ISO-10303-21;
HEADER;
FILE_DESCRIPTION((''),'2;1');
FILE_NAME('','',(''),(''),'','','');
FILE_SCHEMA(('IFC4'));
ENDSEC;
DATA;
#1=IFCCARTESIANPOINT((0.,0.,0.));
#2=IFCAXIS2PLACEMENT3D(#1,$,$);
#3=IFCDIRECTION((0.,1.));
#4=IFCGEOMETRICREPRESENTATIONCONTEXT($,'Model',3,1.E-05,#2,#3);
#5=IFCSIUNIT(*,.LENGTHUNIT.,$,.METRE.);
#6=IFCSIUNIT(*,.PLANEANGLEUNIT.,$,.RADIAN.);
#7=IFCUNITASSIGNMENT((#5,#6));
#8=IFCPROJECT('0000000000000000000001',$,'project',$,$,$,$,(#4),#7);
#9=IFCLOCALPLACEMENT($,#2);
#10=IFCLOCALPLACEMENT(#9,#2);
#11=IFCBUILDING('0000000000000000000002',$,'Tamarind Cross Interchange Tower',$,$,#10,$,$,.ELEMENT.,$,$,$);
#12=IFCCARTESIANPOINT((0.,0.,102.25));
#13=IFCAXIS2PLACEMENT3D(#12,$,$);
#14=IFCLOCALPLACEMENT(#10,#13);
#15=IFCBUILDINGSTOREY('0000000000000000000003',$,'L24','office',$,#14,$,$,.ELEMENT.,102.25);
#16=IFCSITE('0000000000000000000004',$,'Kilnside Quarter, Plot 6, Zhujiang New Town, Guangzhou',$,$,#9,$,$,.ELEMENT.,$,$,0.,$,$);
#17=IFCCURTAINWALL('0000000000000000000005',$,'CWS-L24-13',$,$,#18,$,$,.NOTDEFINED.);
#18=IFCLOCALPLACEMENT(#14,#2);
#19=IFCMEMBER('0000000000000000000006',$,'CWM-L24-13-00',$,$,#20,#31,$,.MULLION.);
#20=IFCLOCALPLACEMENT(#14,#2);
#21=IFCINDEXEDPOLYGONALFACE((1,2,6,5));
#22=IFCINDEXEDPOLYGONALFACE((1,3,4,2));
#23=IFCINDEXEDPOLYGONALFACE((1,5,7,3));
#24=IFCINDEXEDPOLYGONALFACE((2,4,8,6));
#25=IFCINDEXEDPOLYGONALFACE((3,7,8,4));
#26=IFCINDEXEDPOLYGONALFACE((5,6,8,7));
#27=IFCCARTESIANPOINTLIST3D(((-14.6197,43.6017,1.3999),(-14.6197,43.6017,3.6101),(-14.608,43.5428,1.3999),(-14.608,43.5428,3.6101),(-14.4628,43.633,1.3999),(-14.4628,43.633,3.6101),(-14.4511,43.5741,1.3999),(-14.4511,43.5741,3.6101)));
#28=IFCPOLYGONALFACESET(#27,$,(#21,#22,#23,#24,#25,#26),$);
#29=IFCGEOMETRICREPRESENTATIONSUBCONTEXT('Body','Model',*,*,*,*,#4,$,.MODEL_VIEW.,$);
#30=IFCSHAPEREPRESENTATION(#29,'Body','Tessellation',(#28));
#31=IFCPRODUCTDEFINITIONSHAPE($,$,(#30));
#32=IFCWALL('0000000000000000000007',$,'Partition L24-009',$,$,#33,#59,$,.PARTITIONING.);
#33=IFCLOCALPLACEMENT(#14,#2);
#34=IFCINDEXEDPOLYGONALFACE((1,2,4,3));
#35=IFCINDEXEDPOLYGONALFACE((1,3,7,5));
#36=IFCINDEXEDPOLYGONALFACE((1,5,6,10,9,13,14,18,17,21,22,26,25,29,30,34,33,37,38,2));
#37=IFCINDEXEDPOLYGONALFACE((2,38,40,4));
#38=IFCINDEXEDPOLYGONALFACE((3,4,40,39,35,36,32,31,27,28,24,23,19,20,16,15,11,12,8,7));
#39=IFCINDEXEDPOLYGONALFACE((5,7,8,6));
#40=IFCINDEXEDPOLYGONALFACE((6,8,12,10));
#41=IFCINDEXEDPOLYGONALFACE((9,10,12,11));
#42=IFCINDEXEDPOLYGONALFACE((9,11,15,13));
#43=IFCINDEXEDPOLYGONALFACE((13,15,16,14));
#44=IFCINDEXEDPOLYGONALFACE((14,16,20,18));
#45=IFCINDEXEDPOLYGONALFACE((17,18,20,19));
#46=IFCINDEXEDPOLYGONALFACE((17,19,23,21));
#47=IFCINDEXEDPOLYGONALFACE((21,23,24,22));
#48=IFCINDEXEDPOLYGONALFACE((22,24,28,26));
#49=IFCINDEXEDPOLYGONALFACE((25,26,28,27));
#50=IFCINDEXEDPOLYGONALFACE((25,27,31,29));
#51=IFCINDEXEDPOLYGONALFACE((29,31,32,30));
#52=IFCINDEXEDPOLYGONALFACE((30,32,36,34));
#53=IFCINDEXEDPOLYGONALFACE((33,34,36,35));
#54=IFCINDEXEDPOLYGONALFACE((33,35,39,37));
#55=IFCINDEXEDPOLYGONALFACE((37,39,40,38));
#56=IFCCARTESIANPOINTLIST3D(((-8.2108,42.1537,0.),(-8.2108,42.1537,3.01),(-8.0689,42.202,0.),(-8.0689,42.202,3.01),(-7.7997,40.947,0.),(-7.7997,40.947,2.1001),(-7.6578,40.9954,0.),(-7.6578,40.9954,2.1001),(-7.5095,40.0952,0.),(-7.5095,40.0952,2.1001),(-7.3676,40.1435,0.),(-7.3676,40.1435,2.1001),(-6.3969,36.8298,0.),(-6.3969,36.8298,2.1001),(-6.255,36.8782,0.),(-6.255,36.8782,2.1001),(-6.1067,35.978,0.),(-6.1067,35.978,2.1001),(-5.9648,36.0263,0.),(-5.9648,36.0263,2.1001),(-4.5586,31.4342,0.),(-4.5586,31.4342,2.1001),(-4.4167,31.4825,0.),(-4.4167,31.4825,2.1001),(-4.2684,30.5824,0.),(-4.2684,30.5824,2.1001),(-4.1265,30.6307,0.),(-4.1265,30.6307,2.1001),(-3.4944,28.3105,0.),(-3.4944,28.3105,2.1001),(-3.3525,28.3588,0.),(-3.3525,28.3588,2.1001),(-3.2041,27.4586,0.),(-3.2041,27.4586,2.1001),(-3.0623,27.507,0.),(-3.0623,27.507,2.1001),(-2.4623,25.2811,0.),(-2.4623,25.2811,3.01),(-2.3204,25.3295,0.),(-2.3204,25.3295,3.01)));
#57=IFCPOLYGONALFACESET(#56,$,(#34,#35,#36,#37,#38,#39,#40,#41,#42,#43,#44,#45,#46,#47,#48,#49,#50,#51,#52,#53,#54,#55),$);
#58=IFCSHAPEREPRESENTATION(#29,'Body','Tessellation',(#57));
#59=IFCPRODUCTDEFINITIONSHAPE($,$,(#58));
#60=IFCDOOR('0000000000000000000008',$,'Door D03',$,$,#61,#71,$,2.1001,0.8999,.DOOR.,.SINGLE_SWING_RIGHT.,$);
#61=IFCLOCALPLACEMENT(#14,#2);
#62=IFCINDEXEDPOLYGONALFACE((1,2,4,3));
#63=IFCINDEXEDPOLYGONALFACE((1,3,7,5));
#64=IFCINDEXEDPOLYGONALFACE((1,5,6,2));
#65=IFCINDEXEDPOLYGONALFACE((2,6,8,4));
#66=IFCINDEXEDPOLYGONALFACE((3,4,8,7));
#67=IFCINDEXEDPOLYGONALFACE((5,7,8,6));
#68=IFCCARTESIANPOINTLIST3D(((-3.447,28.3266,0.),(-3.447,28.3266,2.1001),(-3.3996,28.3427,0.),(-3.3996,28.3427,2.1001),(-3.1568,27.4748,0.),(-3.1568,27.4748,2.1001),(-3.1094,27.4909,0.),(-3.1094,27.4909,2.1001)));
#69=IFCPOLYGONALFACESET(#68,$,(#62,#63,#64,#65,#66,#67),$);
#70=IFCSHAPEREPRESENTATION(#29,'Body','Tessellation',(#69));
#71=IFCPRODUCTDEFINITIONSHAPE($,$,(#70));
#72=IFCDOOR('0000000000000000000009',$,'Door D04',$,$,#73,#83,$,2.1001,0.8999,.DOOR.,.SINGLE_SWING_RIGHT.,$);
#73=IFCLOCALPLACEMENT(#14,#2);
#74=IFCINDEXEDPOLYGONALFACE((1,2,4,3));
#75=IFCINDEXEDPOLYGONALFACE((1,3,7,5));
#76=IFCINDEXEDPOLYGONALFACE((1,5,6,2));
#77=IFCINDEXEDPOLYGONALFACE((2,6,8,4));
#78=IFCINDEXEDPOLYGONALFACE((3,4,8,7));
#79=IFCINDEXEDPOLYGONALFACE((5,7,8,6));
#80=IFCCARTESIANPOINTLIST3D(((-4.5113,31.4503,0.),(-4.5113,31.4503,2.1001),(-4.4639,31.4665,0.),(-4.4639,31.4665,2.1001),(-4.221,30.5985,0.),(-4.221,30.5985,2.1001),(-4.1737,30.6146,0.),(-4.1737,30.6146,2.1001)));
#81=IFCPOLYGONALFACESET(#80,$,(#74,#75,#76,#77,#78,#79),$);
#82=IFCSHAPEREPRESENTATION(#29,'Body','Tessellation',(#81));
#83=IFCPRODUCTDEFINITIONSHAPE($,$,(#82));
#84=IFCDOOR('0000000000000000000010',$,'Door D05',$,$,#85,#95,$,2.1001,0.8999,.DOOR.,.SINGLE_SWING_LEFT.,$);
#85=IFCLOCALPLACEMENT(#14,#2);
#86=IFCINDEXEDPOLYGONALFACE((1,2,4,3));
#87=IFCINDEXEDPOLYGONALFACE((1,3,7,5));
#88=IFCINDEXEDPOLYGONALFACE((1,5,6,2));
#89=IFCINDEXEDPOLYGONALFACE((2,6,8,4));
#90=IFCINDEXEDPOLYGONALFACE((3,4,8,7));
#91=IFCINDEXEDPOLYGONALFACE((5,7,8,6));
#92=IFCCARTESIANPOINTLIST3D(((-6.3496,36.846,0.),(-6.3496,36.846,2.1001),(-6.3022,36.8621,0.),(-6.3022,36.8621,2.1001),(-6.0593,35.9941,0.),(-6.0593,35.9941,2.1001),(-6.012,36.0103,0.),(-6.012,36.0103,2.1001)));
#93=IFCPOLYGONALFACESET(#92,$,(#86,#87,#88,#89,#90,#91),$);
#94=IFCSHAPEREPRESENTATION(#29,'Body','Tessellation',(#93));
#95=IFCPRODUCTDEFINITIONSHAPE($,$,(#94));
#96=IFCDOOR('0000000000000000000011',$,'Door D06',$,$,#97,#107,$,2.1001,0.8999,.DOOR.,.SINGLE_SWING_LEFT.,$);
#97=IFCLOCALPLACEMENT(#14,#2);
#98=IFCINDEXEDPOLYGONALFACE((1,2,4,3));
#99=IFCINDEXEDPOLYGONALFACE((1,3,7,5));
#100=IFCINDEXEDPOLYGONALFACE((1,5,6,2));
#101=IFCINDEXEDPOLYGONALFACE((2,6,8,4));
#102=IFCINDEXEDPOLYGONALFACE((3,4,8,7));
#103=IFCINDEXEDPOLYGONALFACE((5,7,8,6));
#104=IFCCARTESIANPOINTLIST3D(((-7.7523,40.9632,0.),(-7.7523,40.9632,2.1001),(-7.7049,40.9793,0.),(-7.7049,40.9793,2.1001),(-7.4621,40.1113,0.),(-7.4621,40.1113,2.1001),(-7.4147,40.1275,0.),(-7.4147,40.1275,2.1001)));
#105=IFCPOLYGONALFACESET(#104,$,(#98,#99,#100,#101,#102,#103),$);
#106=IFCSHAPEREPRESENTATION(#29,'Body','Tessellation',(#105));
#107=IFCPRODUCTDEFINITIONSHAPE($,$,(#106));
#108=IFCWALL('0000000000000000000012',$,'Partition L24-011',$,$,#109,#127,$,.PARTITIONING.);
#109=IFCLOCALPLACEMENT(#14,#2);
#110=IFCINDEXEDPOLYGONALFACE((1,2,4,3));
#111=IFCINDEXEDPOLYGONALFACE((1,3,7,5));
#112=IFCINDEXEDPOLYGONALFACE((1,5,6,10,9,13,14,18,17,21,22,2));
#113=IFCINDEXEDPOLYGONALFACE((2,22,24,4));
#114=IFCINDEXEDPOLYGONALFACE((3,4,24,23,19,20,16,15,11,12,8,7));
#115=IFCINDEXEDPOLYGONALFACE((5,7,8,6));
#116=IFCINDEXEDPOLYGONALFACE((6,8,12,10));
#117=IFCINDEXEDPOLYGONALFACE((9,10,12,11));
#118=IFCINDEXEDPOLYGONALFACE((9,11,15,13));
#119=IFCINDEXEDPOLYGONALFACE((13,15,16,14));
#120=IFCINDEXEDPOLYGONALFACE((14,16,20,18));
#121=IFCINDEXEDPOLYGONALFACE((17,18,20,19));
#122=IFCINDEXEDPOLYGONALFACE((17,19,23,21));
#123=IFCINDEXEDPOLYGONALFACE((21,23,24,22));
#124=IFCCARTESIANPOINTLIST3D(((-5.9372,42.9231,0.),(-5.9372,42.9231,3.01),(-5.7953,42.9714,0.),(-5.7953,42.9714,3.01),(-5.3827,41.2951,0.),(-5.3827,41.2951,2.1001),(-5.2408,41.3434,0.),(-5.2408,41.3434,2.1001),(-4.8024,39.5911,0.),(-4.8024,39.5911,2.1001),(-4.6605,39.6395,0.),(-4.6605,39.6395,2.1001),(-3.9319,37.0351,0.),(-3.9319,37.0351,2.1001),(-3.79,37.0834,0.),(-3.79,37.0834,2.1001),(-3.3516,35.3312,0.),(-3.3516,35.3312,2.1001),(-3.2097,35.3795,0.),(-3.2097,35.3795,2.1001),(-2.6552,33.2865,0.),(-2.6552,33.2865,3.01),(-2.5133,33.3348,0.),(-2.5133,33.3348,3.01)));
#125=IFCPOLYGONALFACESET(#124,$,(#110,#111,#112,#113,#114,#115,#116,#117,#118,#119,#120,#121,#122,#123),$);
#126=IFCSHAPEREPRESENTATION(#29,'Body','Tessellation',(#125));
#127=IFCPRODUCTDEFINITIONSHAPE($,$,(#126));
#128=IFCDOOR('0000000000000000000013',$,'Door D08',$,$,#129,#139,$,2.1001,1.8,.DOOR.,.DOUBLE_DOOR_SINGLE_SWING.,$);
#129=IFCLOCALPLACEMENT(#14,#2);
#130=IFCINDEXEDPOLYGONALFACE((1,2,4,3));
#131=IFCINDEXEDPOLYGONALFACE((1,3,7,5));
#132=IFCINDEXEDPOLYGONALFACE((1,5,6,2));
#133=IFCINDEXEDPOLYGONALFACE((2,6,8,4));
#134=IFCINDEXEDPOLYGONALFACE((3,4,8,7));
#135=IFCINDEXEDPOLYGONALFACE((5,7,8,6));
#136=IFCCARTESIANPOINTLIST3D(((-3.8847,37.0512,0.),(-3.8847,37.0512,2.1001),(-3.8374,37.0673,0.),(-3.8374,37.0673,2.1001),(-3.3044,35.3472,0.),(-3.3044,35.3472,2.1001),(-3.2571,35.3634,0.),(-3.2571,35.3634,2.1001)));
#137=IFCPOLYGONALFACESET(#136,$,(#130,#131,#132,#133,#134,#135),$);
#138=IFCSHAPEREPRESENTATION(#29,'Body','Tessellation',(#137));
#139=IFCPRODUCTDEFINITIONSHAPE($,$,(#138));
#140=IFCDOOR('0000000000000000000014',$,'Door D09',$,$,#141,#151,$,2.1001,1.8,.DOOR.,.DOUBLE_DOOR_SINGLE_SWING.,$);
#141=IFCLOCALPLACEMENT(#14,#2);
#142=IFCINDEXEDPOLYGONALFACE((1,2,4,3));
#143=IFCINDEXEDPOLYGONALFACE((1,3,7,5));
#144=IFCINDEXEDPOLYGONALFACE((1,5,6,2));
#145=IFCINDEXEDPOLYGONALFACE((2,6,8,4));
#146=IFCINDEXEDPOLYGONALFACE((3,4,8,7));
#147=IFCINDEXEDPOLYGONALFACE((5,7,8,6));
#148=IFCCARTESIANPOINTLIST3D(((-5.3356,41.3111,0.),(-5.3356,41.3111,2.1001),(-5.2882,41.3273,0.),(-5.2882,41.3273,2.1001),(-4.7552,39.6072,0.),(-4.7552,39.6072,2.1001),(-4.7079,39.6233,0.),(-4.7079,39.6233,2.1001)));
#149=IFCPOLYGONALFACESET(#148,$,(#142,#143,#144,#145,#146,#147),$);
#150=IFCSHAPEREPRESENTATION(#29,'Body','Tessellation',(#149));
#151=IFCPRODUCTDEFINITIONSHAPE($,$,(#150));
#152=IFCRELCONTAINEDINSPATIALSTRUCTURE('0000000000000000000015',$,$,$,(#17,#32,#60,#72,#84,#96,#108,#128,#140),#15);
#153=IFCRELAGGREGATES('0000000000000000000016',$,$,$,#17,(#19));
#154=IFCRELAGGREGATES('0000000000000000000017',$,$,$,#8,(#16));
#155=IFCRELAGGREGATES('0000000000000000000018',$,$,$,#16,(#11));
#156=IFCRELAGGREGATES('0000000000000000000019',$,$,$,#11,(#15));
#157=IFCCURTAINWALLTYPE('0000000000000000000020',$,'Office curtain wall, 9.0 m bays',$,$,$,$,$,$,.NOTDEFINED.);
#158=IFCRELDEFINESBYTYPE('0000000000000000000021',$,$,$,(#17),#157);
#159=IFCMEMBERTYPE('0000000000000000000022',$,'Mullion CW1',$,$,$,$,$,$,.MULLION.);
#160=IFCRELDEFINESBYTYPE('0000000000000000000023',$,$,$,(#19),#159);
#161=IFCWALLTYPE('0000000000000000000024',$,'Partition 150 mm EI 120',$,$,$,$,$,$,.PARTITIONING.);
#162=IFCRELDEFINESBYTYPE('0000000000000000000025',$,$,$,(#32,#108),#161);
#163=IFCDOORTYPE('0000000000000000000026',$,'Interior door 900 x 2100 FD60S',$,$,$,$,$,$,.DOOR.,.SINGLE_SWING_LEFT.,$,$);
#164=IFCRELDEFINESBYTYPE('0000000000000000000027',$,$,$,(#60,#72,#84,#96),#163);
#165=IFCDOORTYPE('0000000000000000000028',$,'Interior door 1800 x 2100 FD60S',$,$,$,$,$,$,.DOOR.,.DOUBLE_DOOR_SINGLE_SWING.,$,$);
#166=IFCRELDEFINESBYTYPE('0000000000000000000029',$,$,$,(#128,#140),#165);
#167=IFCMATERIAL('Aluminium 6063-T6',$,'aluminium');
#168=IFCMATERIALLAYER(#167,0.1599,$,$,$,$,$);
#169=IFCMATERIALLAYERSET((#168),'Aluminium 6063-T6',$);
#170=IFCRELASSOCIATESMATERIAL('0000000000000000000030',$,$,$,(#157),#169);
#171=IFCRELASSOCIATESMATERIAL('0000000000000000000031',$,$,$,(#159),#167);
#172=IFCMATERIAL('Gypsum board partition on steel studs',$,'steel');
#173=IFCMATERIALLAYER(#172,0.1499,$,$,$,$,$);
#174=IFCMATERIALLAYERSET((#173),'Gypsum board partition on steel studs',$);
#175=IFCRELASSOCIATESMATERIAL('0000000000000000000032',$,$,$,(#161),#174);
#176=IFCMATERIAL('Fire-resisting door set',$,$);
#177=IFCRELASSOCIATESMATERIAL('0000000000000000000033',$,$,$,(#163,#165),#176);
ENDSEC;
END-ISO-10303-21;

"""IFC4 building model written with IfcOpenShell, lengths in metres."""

from ifc_helpers import new_model, si_unit, direction, frame, frame_2d, origin, origin_2d, place, context, subcontext, project, spatial, rectangle, extrude, material, layer, layer_set, material_profile, profile_set, type_object, element, fill, aggregate, save


model = new_model("IFC4")

# Units and contexts
model_context = context("Model", 3, precision=1e-05, world=origin(), true_north=direction((0.0, 1.0)))
body_context = subcontext(model_context, "Body", "Model", "MODEL_VIEW")
ifc_project = project(units=[si_unit("LENGTHUNIT", "METRE"), si_unit("PLANEANGLEUNIT", "RADIAN")], contexts=[model_context])

# Site, building, storey
site_placement = place(None, origin())
site = spatial("IfcSite", under=ifc_project, at=site_placement, Name="Kilnside Quarter, Plot 6, Zhujiang New Town, Guangzhou", CompositionType="ELEMENT", RefElevation=0.0)
building_placement = place(site_placement, origin())
building = spatial("IfcBuilding", under=site, at=building_placement, Name="Tamarind Cross Interchange Tower", CompositionType="ELEMENT")
storey_placement = place(building_placement, frame((0.0, 0.0, 102.25)))
storey = spatial("IfcBuildingStorey", under=building, at=storey_placement, Name="L24", Description="office", CompositionType="ELEMENT", Elevation=102.25)

# Curtain wall, member
ifc_material_1 = material(Name="Aluminium 6063-T6", Category="aluminium")
ifc_layer_1 = layer(ifc_material_1, 0.1599)
ifc_layer_set_1 = layer_set([ifc_layer_1], Name="Aluminium 6063-T6")
curtain_wall_type = type_object("IfcCurtainWallType", Name="Office curtain wall, 9.0 m bays", PredefinedType="NOTDEFINED", material=ifc_layer_set_1)
ifc_material_profile_1 = material_profile(ifc_material_1, rectangle(XDim=0.0601, YDim=0.1599, at=origin_2d()), Name="Mullion CW1")
ifc_profile_set_1 = profile_set([ifc_material_profile_1], Name="Aluminium 6063-T6")
member_type = type_object("IfcMemberType", Name="Mullion CW1", PredefinedType="MULLION", material=ifc_profile_set_1)
curtain_wall_1_placement = place(storey_placement, origin())
curtain_wall_1 = element("IfcCurtainWall", 1, at=curtain_wall_1_placement, inside=storey, type_object=curtain_wall_type, Name="CWS-L24-13", PredefinedType="NOTDEFINED")
member_1_placement = place(storey_placement, frame((-14.5354, 43.5879, 1.3999), z_axis=(0.0, 0.0, 1.0), x_axis=(0.195324, -0.980739, 0.0)))
member_1 = element("IfcMember", 2, at=member_1_placement, type_object=member_type, Name="CWM-L24-13-00", PredefinedType="MULLION", context=body_context, shape_type="SweptSolid", body=[
    extrude(rectangle(XDim=0.0601, YDim=0.1599, at=origin_2d()), origin(), (0.0, 0.0, 1.0), 2.2102),
])
aggregate(curtain_wall_1, [member_1])

# Walls, openings, doors
ifc_material_2 = material(Name="Gypsum board partition on steel studs", Category="steel")
ifc_layer_2 = layer(ifc_material_2, 0.1499)
ifc_layer_set_2 = layer_set([ifc_layer_2], Name="Gypsum board partition on steel studs")
wall_type = type_object("IfcWallType", Name="Partition 150 mm EI 120", PredefinedType="PARTITIONING", material=ifc_layer_set_2)
wall_1_placement = place(storey_placement, frame((-8.1399, 42.178, 0.0), z_axis=(0.0, 0.0, 1.0), x_axis=(0.322499, -0.94657, 0.0)))
wall_1 = element("IfcWall", 3, at=wall_1_placement, inside=storey, type_object=wall_type, Name="Partition L24-009", PredefinedType="PARTITIONING", context=body_context, shape_type="SweptSolid", body=[
    extrude(rectangle(XDim=17.825, YDim=0.1499, at=frame_2d((8.9126, 0.0))), origin(), (0.0, 0.0, 1.0), 3.01),
])
opening_1_placement = place(wall_1_placement, frame((14.6248, 0.0, 0.0)))
opening_1 = element("IfcOpeningElement", 4, at=opening_1_placement, cuts=wall_1, PredefinedType="OPENING", context=body_context, shape_type="SweptSolid", body=[
    extrude(rectangle(XDim=0.8999, YDim=2.1001, at=frame_2d((0.45, 1.05))), frame((0.0, 0.085, 0.0), z_axis=(0.0, -1.0, 0.0), x_axis=(1.0, 0.0, 0.0)), (0.0, 0.0, 1.0), 0.1699),
])
opening_2_placement = place(wall_1_placement, frame((11.3247, 0.0, 0.0)))
opening_2 = element("IfcOpeningElement", 5, at=opening_2_placement, cuts=wall_1, PredefinedType="OPENING", context=body_context, shape_type="SweptSolid", body=[
    extrude(rectangle(XDim=0.8999, YDim=2.1001, at=frame_2d((0.45, 1.05))), frame((0.0, 0.085, 0.0), z_axis=(0.0, -1.0, 0.0), x_axis=(1.0, 0.0, 0.0)), (0.0, 0.0, 1.0), 0.1699),
])
opening_3_placement = place(wall_1_placement, frame((5.6245, 0.0, 0.0)))
opening_3 = element("IfcOpeningElement", 6, at=opening_3_placement, cuts=wall_1, PredefinedType="OPENING", context=body_context, shape_type="SweptSolid", body=[
    extrude(rectangle(XDim=0.8999, YDim=2.1001, at=frame_2d((0.45, 1.05))), frame((0.0, 0.085, 0.0), z_axis=(0.0, -1.0, 0.0), x_axis=(1.0, 0.0, 0.0)), (0.0, 0.0, 1.0), 0.1699),
])
opening_4_placement = place(wall_1_placement, frame((1.2749, 0.0, 0.0)))
opening_4 = element("IfcOpeningElement", 7, at=opening_4_placement, cuts=wall_1, PredefinedType="OPENING", context=body_context, shape_type="SweptSolid", body=[
    extrude(rectangle(XDim=0.8999, YDim=2.1001, at=frame_2d((0.45, 1.05))), frame((0.0, 0.085, 0.0), z_axis=(0.0, -1.0, 0.0), x_axis=(1.0, 0.0, 0.0)), (0.0, 0.0, 1.0), 0.1699),
])
ifc_material_3 = material(Name="Fire-resisting door set")
door_type_1 = type_object("IfcDoorType", Name="Interior door 900 x 2100 FD60S", OperationType="SINGLE_SWING_LEFT", PredefinedType="DOOR", material=ifc_material_3)
door_1_placement = place(opening_1_placement, frame((0.8999, 0.0, 0.0), z_axis=(0.0, 0.0, 1.0), x_axis=(-1.0, 0.0, 0.0)))
door_1 = element("IfcDoor", 8, at=door_1_placement, inside=storey, type_object=door_type_1, Name="Door D03", OperationType="SINGLE_SWING_RIGHT", OverallHeight=2.1001, OverallWidth=0.8999, PredefinedType="DOOR", context=body_context, shape_type="SweptSolid", body=[
    extrude(rectangle(XDim=0.8999, YDim=2.1001, at=frame_2d((0.45, 1.05))), frame((0.0, 0.0249, 0.0), z_axis=(0.0, -1.0, 0.0), x_axis=(1.0, 0.0, 0.0)), (0.0, 0.0, 1.0), 0.05),
])
fill(opening_1, door_1)
door_2_placement = place(opening_2_placement, frame((0.8999, 0.0, 0.0), z_axis=(0.0, 0.0, 1.0), x_axis=(-1.0, 0.0, 0.0)))
door_2 = element("IfcDoor", 9, at=door_2_placement, inside=storey, type_object=door_type_1, Name="Door D04", OperationType="SINGLE_SWING_RIGHT", OverallHeight=2.1001, OverallWidth=0.8999, PredefinedType="DOOR", context=body_context, shape_type="SweptSolid", body=[
    extrude(rectangle(XDim=0.8999, YDim=2.1001, at=frame_2d((0.45, 1.05))), frame((0.0, 0.0249, 0.0), z_axis=(0.0, -1.0, 0.0), x_axis=(1.0, 0.0, 0.0)), (0.0, 0.0, 1.0), 0.05),
])
fill(opening_2, door_2)
door_3_placement = place(opening_3_placement, frame((0.8999, 0.0, 0.0), z_axis=(0.0, 0.0, 1.0), x_axis=(-1.0, 0.0, 0.0)))
door_3 = element("IfcDoor", 10, at=door_3_placement, inside=storey, type_object=door_type_1, Name="Door D05", OperationType="SINGLE_SWING_LEFT", OverallHeight=2.1001, OverallWidth=0.8999, PredefinedType="DOOR", context=body_context, shape_type="SweptSolid", body=[
    extrude(rectangle(XDim=0.8999, YDim=2.1001, at=frame_2d((0.45, 1.05))), frame((0.0, 0.0249, 0.0), z_axis=(0.0, -1.0, 0.0), x_axis=(1.0, 0.0, 0.0)), (0.0, 0.0, 1.0), 0.05),
])
fill(opening_3, door_3)
door_4_placement = place(opening_4_placement, frame((0.8999, 0.0, 0.0), z_axis=(0.0, 0.0, 1.0), x_axis=(-1.0, 0.0, 0.0)))
door_4 = element("IfcDoor", 11, at=door_4_placement, inside=storey, type_object=door_type_1, Name="Door D06", OperationType="SINGLE_SWING_LEFT", OverallHeight=2.1001, OverallWidth=0.8999, PredefinedType="DOOR", context=body_context, shape_type="SweptSolid", body=[
    extrude(rectangle(XDim=0.8999, YDim=2.1001, at=frame_2d((0.45, 1.05))), frame((0.0, 0.0249, 0.0), z_axis=(0.0, -1.0, 0.0), x_axis=(1.0, 0.0, 0.0)), (0.0, 0.0, 1.0), 0.05),
])
fill(opening_4, door_4)
wall_2_placement = place(storey_placement, frame((-5.8662, 42.9473, 0.0), z_axis=(0.0, 0.0, 1.0), x_axis=(0.322387, -0.946608, 0.0)))
wall_2 = element("IfcWall", 12, at=wall_2_placement, inside=storey, type_object=wall_type, Name="Partition L24-011", PredefinedType="PARTITIONING", context=body_context, shape_type="SweptSolid", body=[
    extrude(rectangle(XDim=10.1802, YDim=0.1499, at=frame_2d((5.0901, 0.0))), origin(), (0.0, 0.0, 1.0), 3.01),
])
opening_5_placement = place(wall_2_placement, frame((6.2202, 0.0, 0.0)))
opening_5 = element("IfcOpeningElement", 13, at=opening_5_placement, cuts=wall_2, PredefinedType="OPENING", context=body_context, shape_type="SweptSolid", body=[
    extrude(rectangle(XDim=1.8, YDim=2.1001, at=frame_2d((0.8999, 1.05))), frame((0.0, 0.085, 0.0), z_axis=(0.0, -1.0, 0.0), x_axis=(1.0, 0.0, 0.0)), (0.0, 0.0, 1.0), 0.1699),
])
opening_6_placement = place(wall_2_placement, frame((1.72, 0.0, 0.0)))
opening_6 = element("IfcOpeningElement", 14, at=opening_6_placement, cuts=wall_2, PredefinedType="OPENING", context=body_context, shape_type="SweptSolid", body=[
    extrude(rectangle(XDim=1.8, YDim=2.1001, at=frame_2d((0.8999, 1.05))), frame((0.0, 0.085, 0.0), z_axis=(0.0, -1.0, 0.0), x_axis=(1.0, 0.0, 0.0)), (0.0, 0.0, 1.0), 0.1699),
])
door_type_2 = type_object("IfcDoorType", Name="Interior door 1800 x 2100 FD60S", OperationType="DOUBLE_DOOR_SINGLE_SWING", PredefinedType="DOOR", material=ifc_material_3)
door_5_placement = place(opening_5_placement, origin())
door_5 = element("IfcDoor", 15, at=door_5_placement, inside=storey, type_object=door_type_2, Name="Door D08", OperationType="DOUBLE_DOOR_SINGLE_SWING", OverallHeight=2.1001, OverallWidth=1.8, PredefinedType="DOOR", context=body_context, shape_type="SweptSolid", body=[
    extrude(rectangle(XDim=1.8, YDim=2.1001, at=frame_2d((0.8999, 1.05))), frame((0.0, 0.0249, 0.0), z_axis=(0.0, -1.0, 0.0), x_axis=(1.0, 0.0, 0.0)), (0.0, 0.0, 1.0), 0.05),
])
fill(opening_5, door_5)
door_6_placement = place(opening_6_placement, origin())
door_6 = element("IfcDoor", 16, at=door_6_placement, inside=storey, type_object=door_type_2, Name="Door D09", OperationType="DOUBLE_DOOR_SINGLE_SWING", OverallHeight=2.1001, OverallWidth=1.8, PredefinedType="DOOR", context=body_context, shape_type="SweptSolid", body=[
    extrude(rectangle(XDim=1.8, YDim=2.1001, at=frame_2d((0.8999, 1.05))), frame((0.0, 0.0249, 0.0), z_axis=(0.0, -1.0, 0.0), x_axis=(1.0, 0.0, 0.0)), (0.0, 0.0, 1.0), 0.05),
])
fill(opening_6, door_6)

save(model, "model.ifc")
